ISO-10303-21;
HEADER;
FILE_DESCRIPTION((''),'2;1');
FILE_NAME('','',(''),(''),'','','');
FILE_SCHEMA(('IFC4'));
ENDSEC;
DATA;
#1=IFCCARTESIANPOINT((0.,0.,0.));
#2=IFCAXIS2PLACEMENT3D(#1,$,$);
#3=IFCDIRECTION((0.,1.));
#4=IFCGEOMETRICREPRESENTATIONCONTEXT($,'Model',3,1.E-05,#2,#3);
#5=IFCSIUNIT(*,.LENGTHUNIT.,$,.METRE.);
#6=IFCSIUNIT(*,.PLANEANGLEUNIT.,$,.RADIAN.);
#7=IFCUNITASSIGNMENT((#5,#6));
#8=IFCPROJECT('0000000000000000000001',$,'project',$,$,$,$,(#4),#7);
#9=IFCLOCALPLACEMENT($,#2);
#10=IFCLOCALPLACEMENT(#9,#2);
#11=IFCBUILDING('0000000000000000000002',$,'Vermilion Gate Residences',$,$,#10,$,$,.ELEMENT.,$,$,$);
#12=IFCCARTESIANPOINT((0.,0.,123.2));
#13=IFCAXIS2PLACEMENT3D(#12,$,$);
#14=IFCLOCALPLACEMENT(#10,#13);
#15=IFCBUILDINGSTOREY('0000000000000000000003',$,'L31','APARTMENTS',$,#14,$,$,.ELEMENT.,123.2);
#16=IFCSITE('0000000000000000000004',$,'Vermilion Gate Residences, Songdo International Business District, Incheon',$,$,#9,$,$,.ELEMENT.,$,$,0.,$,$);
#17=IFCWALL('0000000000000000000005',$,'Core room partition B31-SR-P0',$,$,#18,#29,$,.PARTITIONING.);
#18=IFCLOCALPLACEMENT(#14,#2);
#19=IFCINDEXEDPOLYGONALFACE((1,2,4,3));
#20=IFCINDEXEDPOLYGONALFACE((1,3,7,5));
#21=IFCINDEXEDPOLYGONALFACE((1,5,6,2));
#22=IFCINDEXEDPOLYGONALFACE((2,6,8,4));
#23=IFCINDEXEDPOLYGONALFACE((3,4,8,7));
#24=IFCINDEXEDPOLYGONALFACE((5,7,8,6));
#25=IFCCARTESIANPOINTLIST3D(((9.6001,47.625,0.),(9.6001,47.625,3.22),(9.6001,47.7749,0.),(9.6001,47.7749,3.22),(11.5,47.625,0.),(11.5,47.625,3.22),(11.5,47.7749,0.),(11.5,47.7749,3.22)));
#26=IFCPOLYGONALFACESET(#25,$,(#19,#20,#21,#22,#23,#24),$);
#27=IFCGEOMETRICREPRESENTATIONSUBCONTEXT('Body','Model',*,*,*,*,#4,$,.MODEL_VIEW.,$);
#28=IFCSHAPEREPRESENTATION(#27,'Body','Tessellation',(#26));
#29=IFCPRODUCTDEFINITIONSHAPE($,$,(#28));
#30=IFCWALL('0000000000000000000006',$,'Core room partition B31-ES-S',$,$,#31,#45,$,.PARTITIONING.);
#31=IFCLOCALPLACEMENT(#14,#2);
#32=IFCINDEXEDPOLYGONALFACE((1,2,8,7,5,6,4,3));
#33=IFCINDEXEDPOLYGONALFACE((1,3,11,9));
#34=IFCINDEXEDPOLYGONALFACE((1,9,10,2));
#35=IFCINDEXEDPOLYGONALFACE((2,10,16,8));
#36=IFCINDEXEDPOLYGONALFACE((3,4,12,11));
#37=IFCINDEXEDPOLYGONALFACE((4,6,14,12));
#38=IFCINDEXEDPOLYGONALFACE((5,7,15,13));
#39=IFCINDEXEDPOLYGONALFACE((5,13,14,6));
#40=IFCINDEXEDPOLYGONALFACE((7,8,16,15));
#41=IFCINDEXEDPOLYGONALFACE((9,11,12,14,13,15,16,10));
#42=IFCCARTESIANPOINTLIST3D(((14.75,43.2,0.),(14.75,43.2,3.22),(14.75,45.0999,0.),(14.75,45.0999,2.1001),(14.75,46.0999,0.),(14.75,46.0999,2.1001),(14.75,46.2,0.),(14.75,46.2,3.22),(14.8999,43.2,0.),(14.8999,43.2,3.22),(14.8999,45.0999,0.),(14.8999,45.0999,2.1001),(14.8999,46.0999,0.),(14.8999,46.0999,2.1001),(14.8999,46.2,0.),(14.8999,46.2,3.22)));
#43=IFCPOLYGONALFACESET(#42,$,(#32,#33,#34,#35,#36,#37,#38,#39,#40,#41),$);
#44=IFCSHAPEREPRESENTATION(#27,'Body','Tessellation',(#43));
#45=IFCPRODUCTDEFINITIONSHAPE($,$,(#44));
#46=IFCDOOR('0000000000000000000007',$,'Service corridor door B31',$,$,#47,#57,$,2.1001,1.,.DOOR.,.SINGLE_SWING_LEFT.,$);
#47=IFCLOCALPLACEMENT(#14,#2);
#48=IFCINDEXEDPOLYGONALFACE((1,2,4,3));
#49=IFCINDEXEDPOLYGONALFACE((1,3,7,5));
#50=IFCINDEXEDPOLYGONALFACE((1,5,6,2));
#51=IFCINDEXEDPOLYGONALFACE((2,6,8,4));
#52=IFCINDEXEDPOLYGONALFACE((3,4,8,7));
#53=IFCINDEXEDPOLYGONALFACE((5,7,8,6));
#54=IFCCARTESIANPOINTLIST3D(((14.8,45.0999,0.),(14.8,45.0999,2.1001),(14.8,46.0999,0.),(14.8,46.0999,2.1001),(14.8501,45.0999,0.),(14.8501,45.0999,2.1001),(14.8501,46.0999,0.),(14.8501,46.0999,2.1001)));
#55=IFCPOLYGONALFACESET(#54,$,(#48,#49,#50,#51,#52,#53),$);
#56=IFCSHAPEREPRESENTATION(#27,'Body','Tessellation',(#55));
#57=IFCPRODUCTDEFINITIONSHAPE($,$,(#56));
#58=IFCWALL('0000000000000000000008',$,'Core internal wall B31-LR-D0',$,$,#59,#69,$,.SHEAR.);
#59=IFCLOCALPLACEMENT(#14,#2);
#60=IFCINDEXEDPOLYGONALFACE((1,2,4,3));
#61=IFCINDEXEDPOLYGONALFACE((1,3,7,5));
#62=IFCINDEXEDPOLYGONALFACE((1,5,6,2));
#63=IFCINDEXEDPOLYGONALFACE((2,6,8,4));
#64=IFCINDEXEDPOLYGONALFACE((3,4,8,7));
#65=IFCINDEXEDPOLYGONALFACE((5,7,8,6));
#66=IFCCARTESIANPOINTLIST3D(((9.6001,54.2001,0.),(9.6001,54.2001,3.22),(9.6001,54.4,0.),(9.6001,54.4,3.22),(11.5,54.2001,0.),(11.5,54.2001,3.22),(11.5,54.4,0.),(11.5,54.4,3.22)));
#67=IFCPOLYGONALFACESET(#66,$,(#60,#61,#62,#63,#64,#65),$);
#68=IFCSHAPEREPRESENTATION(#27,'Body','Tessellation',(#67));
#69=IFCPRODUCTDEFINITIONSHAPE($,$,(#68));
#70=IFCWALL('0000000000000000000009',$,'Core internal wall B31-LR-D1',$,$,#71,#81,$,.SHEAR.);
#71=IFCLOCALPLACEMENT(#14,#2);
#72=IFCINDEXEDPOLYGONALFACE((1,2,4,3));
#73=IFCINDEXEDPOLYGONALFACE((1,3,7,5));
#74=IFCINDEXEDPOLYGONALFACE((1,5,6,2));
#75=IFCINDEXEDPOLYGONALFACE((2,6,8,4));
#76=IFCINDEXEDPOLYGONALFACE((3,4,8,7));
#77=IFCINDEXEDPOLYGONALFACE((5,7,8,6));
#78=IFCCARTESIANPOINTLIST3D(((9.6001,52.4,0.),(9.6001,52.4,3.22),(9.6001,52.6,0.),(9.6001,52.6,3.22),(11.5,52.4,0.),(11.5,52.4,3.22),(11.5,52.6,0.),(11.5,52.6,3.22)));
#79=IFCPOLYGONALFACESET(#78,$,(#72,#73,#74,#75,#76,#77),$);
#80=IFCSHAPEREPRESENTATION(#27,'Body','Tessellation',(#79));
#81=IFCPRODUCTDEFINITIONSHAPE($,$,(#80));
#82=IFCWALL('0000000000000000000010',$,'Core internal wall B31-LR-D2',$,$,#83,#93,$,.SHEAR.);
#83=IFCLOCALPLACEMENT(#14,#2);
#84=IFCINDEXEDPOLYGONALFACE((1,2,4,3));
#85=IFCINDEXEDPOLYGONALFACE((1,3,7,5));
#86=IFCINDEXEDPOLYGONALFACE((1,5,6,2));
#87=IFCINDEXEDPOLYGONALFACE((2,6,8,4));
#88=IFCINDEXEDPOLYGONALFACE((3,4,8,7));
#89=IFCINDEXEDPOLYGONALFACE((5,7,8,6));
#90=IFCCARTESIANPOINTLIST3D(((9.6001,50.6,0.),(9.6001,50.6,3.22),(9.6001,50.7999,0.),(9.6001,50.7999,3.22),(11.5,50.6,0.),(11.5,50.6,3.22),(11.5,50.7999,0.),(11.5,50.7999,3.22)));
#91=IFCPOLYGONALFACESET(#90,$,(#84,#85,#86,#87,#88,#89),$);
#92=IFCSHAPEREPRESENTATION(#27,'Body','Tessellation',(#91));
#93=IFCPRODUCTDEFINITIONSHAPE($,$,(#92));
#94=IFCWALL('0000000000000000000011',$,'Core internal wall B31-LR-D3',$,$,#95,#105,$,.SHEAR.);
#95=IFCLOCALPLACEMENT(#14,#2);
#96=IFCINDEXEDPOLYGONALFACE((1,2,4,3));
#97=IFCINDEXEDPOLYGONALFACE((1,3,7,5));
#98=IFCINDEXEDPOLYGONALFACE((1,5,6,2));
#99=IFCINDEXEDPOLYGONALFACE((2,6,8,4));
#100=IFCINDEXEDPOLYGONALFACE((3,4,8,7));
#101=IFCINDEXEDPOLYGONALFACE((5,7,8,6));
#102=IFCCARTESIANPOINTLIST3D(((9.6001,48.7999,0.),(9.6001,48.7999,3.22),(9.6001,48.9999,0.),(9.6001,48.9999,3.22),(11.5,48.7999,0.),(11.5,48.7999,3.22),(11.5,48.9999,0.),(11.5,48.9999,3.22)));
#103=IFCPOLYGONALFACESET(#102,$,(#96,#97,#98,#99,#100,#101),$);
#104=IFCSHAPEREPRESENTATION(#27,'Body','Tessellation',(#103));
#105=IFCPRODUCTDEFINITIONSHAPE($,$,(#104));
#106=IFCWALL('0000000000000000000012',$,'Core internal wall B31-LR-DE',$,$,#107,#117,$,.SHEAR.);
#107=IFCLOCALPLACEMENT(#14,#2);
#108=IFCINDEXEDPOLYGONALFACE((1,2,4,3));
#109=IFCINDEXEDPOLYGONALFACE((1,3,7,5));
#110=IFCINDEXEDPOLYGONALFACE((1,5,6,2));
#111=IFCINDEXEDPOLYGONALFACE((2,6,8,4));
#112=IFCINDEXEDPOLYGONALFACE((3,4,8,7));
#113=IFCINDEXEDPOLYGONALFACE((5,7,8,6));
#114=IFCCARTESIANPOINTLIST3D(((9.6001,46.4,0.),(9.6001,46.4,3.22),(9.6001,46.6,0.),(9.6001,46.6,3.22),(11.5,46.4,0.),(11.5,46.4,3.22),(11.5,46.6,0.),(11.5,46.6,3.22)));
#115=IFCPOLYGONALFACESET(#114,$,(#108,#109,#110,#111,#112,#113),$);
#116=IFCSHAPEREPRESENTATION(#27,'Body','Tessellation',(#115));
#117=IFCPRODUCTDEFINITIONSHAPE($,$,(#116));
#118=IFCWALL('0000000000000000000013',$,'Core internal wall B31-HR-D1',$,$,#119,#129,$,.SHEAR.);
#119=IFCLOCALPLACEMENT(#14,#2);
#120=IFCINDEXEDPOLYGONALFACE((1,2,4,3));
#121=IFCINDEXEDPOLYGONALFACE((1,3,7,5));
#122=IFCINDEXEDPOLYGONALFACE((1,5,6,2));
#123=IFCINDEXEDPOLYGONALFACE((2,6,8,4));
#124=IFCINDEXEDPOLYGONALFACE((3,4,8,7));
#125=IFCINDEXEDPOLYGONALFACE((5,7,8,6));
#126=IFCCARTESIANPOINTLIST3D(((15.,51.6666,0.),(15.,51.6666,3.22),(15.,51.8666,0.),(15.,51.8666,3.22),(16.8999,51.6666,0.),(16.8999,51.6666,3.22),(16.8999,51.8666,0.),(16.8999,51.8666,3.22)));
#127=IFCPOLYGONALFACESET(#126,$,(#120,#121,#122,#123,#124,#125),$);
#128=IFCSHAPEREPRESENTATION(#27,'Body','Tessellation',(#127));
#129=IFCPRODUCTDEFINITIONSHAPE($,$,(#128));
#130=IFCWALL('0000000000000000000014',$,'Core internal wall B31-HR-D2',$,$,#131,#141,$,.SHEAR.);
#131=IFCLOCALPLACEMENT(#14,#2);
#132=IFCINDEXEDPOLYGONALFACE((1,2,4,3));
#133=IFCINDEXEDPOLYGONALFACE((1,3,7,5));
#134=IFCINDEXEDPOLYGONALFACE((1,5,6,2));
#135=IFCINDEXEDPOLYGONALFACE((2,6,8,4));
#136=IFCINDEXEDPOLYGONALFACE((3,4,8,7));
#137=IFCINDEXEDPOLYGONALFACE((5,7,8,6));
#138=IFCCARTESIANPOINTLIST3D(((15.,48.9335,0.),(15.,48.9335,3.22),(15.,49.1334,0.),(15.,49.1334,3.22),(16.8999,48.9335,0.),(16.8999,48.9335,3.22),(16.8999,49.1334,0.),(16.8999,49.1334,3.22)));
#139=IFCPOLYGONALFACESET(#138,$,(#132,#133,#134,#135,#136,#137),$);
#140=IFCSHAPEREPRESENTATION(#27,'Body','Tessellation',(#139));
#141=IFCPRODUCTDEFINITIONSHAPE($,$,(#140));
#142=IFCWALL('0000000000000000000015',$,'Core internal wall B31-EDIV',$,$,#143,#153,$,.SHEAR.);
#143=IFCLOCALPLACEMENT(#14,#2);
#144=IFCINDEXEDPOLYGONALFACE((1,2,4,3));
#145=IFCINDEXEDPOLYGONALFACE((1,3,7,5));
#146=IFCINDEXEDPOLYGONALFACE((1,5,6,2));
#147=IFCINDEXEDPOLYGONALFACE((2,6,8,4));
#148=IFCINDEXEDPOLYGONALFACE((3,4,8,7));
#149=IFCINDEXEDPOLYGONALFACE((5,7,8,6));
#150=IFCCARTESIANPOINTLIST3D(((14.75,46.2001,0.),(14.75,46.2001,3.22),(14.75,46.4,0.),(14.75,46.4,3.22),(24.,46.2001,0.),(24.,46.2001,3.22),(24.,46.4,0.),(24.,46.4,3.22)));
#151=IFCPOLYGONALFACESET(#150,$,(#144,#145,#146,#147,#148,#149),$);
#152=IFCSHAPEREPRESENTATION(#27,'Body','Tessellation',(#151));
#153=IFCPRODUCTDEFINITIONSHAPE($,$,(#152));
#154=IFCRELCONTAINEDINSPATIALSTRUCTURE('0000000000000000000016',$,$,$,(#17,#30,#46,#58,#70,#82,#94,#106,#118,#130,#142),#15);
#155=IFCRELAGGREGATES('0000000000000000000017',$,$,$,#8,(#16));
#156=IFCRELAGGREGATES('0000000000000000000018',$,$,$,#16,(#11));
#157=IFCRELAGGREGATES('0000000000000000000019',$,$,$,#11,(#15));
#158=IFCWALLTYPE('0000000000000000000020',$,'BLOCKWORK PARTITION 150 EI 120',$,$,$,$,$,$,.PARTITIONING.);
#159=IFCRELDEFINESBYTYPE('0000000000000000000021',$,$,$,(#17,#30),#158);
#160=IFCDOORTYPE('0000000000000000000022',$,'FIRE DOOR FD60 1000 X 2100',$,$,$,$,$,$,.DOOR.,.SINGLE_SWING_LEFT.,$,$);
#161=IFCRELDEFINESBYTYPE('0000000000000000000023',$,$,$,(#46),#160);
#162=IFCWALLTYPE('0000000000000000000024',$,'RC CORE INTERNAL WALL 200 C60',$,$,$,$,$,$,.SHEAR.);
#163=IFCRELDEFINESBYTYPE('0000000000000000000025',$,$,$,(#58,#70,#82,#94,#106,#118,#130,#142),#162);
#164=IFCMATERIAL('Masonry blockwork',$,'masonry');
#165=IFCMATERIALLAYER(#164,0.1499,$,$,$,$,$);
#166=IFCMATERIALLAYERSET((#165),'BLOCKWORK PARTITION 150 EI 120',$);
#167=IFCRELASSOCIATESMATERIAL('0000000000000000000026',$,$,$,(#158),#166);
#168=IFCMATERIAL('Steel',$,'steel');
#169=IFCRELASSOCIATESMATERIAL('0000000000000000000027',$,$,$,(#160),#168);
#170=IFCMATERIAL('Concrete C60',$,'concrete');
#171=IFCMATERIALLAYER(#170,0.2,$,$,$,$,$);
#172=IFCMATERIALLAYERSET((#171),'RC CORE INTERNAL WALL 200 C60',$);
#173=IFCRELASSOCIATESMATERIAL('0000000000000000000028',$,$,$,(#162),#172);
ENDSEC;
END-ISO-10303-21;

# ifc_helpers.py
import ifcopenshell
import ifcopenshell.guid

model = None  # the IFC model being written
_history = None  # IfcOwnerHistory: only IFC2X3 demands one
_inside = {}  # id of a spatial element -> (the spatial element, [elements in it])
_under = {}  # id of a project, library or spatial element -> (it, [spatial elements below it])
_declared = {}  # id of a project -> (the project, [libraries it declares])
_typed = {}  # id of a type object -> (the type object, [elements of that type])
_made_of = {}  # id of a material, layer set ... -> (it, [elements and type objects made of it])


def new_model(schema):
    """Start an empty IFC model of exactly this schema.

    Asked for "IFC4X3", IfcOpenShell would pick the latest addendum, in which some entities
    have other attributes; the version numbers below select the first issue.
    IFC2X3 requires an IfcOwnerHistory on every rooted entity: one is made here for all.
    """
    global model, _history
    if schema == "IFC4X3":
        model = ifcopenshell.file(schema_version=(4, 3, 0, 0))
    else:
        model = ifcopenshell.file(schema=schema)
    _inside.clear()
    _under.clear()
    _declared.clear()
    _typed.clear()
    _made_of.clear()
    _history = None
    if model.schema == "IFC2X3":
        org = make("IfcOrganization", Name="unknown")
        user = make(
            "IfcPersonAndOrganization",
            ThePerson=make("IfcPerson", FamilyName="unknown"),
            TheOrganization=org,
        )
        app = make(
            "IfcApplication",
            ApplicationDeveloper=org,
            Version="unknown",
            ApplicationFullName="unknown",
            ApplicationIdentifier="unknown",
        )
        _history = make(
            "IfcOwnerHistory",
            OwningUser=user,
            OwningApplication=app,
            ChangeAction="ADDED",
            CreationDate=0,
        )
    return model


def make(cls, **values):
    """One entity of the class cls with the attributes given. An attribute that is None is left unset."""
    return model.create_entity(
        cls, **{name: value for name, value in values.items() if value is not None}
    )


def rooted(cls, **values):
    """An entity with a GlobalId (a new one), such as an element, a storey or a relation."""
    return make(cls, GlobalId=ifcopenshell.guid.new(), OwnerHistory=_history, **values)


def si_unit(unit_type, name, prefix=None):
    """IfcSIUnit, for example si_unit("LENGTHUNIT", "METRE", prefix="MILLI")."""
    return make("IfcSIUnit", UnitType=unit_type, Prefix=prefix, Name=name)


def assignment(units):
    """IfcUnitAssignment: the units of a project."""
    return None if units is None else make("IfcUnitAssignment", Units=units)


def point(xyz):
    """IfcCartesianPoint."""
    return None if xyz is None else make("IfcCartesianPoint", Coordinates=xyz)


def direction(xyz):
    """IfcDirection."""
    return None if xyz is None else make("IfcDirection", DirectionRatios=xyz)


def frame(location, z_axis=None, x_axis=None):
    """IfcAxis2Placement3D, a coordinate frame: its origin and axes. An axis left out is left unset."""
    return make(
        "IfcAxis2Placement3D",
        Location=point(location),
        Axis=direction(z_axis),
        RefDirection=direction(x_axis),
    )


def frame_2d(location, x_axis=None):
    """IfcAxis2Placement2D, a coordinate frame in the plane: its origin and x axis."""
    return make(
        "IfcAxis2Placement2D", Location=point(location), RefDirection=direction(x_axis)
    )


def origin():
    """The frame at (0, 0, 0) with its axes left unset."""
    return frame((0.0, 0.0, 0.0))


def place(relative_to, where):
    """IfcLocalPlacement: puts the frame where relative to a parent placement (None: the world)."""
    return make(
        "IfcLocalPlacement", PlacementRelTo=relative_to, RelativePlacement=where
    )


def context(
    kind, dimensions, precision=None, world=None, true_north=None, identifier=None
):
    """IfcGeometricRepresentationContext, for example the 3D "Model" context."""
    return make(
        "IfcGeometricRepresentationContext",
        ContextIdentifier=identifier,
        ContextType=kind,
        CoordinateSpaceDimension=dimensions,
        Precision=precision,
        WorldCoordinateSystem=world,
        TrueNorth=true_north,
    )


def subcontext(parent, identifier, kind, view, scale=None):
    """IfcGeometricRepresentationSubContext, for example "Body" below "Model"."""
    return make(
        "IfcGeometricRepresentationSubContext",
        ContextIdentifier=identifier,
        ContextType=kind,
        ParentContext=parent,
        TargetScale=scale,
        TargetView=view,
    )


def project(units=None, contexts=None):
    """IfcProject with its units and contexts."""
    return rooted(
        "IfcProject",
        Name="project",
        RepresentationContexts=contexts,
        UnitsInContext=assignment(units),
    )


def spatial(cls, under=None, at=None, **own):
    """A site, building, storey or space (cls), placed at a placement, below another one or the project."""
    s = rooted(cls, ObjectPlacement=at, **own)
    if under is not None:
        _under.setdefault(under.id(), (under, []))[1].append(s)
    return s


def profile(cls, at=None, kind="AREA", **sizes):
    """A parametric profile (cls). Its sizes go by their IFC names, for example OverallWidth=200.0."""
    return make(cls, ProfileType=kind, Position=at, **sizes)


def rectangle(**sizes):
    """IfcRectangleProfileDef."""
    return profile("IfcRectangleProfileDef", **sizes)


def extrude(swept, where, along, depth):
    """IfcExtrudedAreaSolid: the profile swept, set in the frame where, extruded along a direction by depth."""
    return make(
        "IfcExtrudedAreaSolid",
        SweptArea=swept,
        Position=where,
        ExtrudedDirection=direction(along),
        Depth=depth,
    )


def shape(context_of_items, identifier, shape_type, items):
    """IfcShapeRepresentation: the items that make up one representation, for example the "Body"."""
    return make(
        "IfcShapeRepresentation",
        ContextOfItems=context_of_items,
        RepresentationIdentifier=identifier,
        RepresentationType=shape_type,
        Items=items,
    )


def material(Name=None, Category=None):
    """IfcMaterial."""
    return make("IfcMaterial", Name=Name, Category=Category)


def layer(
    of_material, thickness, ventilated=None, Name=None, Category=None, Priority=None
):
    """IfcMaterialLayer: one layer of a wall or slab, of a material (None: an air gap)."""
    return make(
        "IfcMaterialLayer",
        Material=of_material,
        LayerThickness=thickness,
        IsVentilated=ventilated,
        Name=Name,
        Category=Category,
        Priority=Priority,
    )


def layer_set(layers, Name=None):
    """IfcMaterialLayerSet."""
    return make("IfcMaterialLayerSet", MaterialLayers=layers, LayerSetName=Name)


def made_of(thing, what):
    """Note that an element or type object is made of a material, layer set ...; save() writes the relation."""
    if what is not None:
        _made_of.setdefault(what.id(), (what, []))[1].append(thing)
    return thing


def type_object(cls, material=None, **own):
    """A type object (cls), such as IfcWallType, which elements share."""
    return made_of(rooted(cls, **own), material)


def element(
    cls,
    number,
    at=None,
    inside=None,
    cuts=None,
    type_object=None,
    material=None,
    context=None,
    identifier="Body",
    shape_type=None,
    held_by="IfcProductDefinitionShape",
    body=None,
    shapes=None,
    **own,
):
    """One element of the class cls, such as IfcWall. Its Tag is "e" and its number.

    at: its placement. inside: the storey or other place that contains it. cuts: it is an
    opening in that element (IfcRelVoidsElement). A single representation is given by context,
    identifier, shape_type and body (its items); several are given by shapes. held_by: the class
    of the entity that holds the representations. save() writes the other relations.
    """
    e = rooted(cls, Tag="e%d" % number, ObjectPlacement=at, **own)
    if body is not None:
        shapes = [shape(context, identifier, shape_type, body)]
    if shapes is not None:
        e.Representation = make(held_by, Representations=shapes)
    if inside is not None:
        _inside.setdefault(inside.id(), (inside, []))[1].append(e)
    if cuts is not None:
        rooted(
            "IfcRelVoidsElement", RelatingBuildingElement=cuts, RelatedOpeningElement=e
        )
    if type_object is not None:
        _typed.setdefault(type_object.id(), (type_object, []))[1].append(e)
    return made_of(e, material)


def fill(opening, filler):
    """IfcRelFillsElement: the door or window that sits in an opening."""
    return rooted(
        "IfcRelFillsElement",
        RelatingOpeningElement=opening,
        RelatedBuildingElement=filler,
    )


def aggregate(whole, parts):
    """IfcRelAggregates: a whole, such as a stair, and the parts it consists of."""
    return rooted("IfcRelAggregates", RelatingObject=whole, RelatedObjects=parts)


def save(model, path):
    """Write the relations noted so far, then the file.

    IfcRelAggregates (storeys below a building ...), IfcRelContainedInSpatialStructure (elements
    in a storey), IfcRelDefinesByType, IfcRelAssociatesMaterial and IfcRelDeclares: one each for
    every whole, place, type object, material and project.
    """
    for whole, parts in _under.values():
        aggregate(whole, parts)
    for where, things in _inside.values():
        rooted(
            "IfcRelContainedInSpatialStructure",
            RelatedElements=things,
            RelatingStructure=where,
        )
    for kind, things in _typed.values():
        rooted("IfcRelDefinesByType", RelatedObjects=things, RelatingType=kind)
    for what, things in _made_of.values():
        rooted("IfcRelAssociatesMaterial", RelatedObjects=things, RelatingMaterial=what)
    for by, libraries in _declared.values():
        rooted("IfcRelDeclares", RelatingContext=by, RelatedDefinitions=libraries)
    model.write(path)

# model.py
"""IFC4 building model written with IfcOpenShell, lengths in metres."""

from ifc_helpers import new_model, si_unit, direction, frame, frame_2d, origin, place, context, subcontext, project, spatial, rectangle, extrude, material, layer, layer_set, type_object, element, fill, save


model = new_model("IFC4")

# Units and contexts
model_context = context("Model", 3, precision=1e-05, world=origin(), true_north=direction((0.0, 1.0)))
body_context = subcontext(model_context, "Body", "Model", "MODEL_VIEW")
ifc_project = project(units=[si_unit("LENGTHUNIT", "METRE"), si_unit("PLANEANGLEUNIT", "RADIAN")], contexts=[model_context])

# Site, building, storey
site_placement = place(None, origin())
site = spatial("IfcSite", under=ifc_project, at=site_placement, Name="Vermilion Gate Residences, Songdo International Business District, Incheon", CompositionType="ELEMENT", RefElevation=0.0)
building_placement = place(site_placement, origin())
building = spatial("IfcBuilding", under=site, at=building_placement, Name="Vermilion Gate Residences", CompositionType="ELEMENT")
storey_placement = place(building_placement, frame((0.0, 0.0, 123.2)))
storey = spatial("IfcBuildingStorey", under=building, at=storey_placement, Name="L31", Description="APARTMENTS", CompositionType="ELEMENT", Elevation=123.2)

# Wall
ifc_material_1 = material(Name="Masonry blockwork", Category="masonry")
ifc_layer_1 = layer(ifc_material_1, 0.1499)
ifc_layer_set_1 = layer_set([ifc_layer_1], Name="BLOCKWORK PARTITION 150 EI 120")
wall_type_1 = type_object("IfcWallType", Name="BLOCKWORK PARTITION 150 EI 120", PredefinedType="PARTITIONING", material=ifc_layer_set_1)
wall_1_placement = place(storey_placement, frame((9.6001, 47.7, 0.0), z_axis=(0.0, 0.0, 1.0), x_axis=(1.0, 0.0, 0.0)))
element("IfcWall", 1, at=wall_1_placement, inside=storey, type_object=wall_type_1, Name="Core room partition B31-SR-P0", PredefinedType="PARTITIONING", context=body_context, shape_type="SweptSolid", body=[
    extrude(rectangle(XDim=1.8999, YDim=0.1499, at=frame_2d((0.95, 0.0))), origin(), (0.0, 0.0, 1.0), 3.22),
])

# Wall, opening, door
wall_2_placement = place(storey_placement, frame((14.825, 46.2, 0.0), z_axis=(0.0, 0.0, 1.0), x_axis=(0.0, -1.0, 0.0)))
wall_2 = element("IfcWall", 2, at=wall_2_placement, inside=storey, type_object=wall_type_1, Name="Core room partition B31-ES-S", PredefinedType="PARTITIONING", context=body_context, shape_type="SweptSolid", body=[
    extrude(rectangle(XDim=3.0, YDim=0.1499, at=frame_2d((1.5, 0.0))), origin(), (0.0, 0.0, 1.0), 3.22),
])
opening_placement = place(wall_2_placement, frame((0.1001, 0.0, 0.0)))
opening = element("IfcOpeningElement", 3, at=opening_placement, cuts=wall_2, PredefinedType="OPENING", context=body_context, shape_type="SweptSolid", body=[
    extrude(rectangle(XDim=1.0, YDim=2.1001, at=frame_2d((0.5, 1.05))), frame((0.0, 0.085, 0.0), z_axis=(0.0, -1.0, 0.0), x_axis=(1.0, 0.0, 0.0)), (0.0, 0.0, 1.0), 0.1699),
])
ifc_material_2 = material(Name="Steel", Category="steel")
door_type = type_object("IfcDoorType", Name="FIRE DOOR FD60 1000 X 2100", OperationType="SINGLE_SWING_LEFT", PredefinedType="DOOR", material=ifc_material_2)
door_placement = place(opening_placement, frame((1.0, 0.0, 0.0), z_axis=(0.0, 0.0, 1.0), x_axis=(-1.0, 0.0, 0.0)))
door = element("IfcDoor", 4, at=door_placement, inside=storey, type_object=door_type, Name="Service corridor door B31", OperationType="SINGLE_SWING_LEFT", OverallHeight=2.1001, OverallWidth=1.0, PredefinedType="DOOR", context=body_context, shape_type="SweptSolid", body=[
    extrude(rectangle(XDim=1.0, YDim=2.1001, at=frame_2d((0.5, 1.05))), frame((0.0, 0.0249, 0.0), z_axis=(0.0, -1.0, 0.0), x_axis=(1.0, 0.0, 0.0)), (0.0, 0.0, 1.0), 0.05),
])
fill(opening, door)

# Walls
ifc_material_3 = material(Name="Concrete C60", Category="concrete")
ifc_layer_2 = layer(ifc_material_3, 0.2)
ifc_layer_set_2 = layer_set([ifc_layer_2], Name="RC CORE INTERNAL WALL 200 C60")
wall_type_2 = type_object("IfcWallType", Name="RC CORE INTERNAL WALL 200 C60", PredefinedType="SHEAR", material=ifc_layer_set_2)
for number, where, z_axis, x_axis, name in (
    (5, (9.6001, 54.3, 0.0), (0.0, 0.0, 1.0), (1.0, 0.0, 0.0), "Core internal wall B31-LR-D0"),
    (6, (9.6001, 52.5, 0.0), (0.0, 0.0, 1.0), (1.0, 0.0, 0.0), "Core internal wall B31-LR-D1"),
    (7, (9.6001, 50.7, 0.0), (0.0, 0.0, 1.0), (1.0, 0.0, 0.0), "Core internal wall B31-LR-D2"),
    (8, (9.6001, 48.8999, 0.0), (0.0, 0.0, 1.0), (1.0, 0.0, 0.0), "Core internal wall B31-LR-D3"),
    (9, (9.6001, 46.5, 0.0), (0.0, 0.0, 1.0), (1.0, 0.0, 0.0), "Core internal wall B31-LR-DE"),
    (10, (15.0, 51.7666, 0.0), (0.0, 0.0, 1.0), (1.0, 0.0, 0.0), "Core internal wall B31-HR-D1"),
    (11, (15.0, 49.0334, 0.0), (0.0, 0.0, 1.0), (1.0, 0.0, 0.0), "Core internal wall B31-HR-D2"),
):
    element("IfcWall", number, at=place(storey_placement, frame(where, z_axis=z_axis, x_axis=x_axis)), inside=storey, type_object=wall_type_2, Name=name, PredefinedType="SHEAR", context=body_context, shape_type="SweptSolid", body=[
        extrude(rectangle(XDim=1.8999, YDim=0.2, at=frame_2d((0.95, 0.0))), origin(), (0.0, 0.0, 1.0), 3.22),
    ])
wall_3_placement = place(storey_placement, frame((14.75, 46.3, 0.0), z_axis=(0.0, 0.0, 1.0), x_axis=(1.0, 0.0, 0.0)))
element("IfcWall", 12, at=wall_3_placement, inside=storey, type_object=wall_type_2, Name="Core internal wall B31-EDIV", PredefinedType="SHEAR", context=body_context, shape_type="SweptSolid", body=[
    extrude(rectangle(XDim=9.25, YDim=0.2, at=frame_2d((4.625, 0.0))), origin(), (0.0, 0.0, 1.0), 3.22),
])

save(model, "model.ifc")
